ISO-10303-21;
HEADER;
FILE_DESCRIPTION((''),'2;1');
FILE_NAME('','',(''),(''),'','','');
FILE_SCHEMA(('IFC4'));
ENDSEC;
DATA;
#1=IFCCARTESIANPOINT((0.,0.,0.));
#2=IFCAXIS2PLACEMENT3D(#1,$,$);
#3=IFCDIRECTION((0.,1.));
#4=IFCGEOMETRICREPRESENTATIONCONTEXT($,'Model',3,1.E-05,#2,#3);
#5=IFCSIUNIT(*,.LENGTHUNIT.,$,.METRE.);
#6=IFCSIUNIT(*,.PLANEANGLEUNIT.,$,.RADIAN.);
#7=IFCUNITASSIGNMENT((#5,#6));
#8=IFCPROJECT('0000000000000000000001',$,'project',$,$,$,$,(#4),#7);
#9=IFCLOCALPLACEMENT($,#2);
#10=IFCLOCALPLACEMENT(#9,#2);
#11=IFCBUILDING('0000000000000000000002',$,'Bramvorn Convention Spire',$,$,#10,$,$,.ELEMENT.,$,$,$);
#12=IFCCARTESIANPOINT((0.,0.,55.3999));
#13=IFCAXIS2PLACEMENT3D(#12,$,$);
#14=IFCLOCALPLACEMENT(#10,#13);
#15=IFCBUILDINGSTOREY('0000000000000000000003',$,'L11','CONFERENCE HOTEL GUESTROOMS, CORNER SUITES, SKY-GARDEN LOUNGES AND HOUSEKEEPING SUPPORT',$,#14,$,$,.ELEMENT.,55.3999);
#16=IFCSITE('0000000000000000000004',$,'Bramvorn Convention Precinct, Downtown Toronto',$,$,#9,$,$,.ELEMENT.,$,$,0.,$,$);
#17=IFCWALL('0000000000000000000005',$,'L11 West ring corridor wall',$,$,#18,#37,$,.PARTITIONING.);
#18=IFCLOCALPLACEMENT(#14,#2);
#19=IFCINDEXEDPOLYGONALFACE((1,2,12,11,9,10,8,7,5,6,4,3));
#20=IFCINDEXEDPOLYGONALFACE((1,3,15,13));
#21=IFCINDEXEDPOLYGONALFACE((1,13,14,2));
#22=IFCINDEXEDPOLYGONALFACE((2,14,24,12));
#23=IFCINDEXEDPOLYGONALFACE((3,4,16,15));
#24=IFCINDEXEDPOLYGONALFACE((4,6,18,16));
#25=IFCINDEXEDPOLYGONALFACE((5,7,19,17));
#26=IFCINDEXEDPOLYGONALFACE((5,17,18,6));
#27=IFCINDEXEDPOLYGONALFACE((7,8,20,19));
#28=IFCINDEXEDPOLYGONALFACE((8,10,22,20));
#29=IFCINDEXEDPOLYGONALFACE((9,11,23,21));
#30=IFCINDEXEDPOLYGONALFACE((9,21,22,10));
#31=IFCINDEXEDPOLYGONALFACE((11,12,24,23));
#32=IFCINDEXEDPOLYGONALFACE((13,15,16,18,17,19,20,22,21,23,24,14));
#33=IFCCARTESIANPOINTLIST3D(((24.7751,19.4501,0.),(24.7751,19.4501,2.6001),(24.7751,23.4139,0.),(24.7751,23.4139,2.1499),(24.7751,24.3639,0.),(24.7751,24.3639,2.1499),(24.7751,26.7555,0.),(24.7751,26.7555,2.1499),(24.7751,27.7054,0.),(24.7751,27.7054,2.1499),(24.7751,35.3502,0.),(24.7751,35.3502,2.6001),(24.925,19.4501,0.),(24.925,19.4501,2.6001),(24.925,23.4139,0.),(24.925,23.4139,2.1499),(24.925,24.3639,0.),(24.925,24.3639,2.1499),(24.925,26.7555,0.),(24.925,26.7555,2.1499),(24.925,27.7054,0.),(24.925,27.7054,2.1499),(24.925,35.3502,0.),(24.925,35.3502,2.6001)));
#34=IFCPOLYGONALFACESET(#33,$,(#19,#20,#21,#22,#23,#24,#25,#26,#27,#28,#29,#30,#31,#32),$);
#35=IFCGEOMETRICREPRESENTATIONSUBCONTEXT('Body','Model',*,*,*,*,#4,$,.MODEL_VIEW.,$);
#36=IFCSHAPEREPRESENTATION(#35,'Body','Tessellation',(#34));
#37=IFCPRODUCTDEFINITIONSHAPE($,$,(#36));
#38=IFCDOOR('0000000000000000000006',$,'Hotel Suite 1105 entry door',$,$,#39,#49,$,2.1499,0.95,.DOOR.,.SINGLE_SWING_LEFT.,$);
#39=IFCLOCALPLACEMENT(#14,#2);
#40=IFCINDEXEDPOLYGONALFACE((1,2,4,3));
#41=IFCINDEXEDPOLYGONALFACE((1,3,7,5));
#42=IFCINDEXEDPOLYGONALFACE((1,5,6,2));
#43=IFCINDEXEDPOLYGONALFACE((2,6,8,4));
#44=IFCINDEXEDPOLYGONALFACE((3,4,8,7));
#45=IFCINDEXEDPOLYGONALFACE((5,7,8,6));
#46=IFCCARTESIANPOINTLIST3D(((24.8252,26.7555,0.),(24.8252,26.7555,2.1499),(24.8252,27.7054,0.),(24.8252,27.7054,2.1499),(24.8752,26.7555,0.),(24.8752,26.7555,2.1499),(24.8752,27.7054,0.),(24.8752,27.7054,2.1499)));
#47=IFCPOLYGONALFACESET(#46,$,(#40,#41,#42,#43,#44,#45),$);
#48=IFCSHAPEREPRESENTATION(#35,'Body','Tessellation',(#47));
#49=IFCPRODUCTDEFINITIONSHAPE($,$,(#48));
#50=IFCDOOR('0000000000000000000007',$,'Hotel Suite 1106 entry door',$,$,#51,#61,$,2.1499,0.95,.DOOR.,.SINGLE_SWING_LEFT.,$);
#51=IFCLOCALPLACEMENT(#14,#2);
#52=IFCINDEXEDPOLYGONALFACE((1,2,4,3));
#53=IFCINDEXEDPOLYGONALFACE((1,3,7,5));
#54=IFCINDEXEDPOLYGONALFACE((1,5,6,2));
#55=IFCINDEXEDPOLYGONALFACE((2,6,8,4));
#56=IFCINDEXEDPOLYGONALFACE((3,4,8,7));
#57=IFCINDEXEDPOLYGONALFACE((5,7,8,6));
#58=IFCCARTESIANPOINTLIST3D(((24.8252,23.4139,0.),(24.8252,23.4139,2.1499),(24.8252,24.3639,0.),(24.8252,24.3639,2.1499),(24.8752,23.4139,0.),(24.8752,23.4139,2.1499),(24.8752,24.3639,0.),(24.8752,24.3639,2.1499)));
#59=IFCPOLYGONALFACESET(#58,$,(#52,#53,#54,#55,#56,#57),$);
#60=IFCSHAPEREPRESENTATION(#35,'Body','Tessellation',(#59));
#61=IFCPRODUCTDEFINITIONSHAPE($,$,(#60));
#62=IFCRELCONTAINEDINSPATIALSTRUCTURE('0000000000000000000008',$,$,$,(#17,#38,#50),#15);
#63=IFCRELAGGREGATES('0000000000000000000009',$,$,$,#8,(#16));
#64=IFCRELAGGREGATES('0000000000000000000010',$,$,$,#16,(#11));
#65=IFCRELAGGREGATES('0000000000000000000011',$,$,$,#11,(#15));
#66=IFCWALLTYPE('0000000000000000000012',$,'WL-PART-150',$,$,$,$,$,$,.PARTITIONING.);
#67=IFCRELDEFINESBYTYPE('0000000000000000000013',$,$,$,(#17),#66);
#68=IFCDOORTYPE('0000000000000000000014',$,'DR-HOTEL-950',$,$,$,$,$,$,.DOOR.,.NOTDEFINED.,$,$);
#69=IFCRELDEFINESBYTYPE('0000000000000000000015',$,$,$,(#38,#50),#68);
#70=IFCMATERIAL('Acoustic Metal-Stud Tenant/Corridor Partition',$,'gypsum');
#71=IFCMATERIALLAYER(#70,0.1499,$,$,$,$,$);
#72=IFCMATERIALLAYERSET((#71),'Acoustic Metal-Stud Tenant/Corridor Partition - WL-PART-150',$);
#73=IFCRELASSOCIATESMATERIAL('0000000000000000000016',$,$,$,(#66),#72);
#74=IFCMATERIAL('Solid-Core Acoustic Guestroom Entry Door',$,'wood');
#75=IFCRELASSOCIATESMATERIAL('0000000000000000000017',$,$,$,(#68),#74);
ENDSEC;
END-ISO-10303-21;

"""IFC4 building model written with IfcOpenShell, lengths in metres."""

from ifc_helpers import new_model, si_unit, direction, frame, frame_2d, origin, place, context, subcontext, project, spatial, rectangle, extrude, material, layer, layer_set, type_object, element, fill, save


model = new_model("IFC4")

# Units and contexts
model_context = context("Model", 3, precision=1e-05, world=origin(), true_north=direction((0.0, 1.0)))
body_context = subcontext(model_context, "Body", "Model", "MODEL_VIEW")
ifc_project = project(units=[si_unit("LENGTHUNIT", "METRE"), si_unit("PLANEANGLEUNIT", "RADIAN")], contexts=[model_context])

# Site, building, storey
site_placement = place(None, origin())
site = spatial("IfcSite", under=ifc_project, at=site_placement, Name="Bramvorn Convention Precinct, Downtown Toronto", CompositionType="ELEMENT", RefElevation=0.0)
building_placement = place(site_placement, origin())
building = spatial("IfcBuilding", under=site, at=building_placement, Name="Bramvorn Convention Spire", CompositionType="ELEMENT")
storey_placement = place(building_placement, frame((0.0, 0.0, 55.3999)))
storey = spatial("IfcBuildingStorey", under=building, at=storey_placement, Name="L11", Description="CONFERENCE HOTEL GUESTROOMS, CORNER SUITES, SKY-GARDEN LOUNGES AND HOUSEKEEPING SUPPORT", CompositionType="ELEMENT", Elevation=55.3999)

# Wall, openings, doors
ifc_material_1 = material(Name="Acoustic Metal-Stud Tenant/Corridor Partition", Category="gypsum")
ifc_layer_1 = layer(ifc_material_1, 0.1499)
ifc_layer_set_1 = layer_set([ifc_layer_1], Name="Acoustic Metal-Stud Tenant/Corridor Partition - WL-PART-150")
wall_type_1 = type_object("IfcWallType", Name="WL-PART-150", PredefinedType="PARTITIONING", material=ifc_layer_set_1)
ifc_material_2 = material(Name="Solid-Core Acoustic Guestroom Entry Door", Category="wood")
door_type_1 = type_object("IfcDoorType", Name="DR-HOTEL-950", OperationType="NOTDEFINED", PredefinedType="DOOR", material=ifc_material_2)
wall_1_placement = place(storey_placement, frame((24.8501, 19.45, 0.0), z_axis=(0.0, 0.0, 1.0), x_axis=(0.0, 1.0, 0.0)))
wall_1 = element("IfcWall", 1, at=wall_1_placement, inside=storey, type_object=wall_type_1, Name="L11 West ring corridor wall", PredefinedType="PARTITIONING", context=body_context, shape_type="SweptSolid", body=[
    extrude(rectangle(XDim=15.9001, YDim=0.1499, at=frame_2d((7.9502, 0.0))), origin(), (0.0, 0.0, 1.0), 2.6001),
])
opening_1_placement = place(wall_1_placement, frame((7.3054, 0.0, 0.0)))
opening_1 = element("IfcOpeningElement", 2, at=opening_1_placement, cuts=wall_1, PredefinedType="OPENING", context=body_context, shape_type="SweptSolid", body=[
    extrude(rectangle(XDim=0.95, YDim=2.1499, at=frame_2d((0.4751, 1.075))), frame((0.0, 0.085, 0.0), z_axis=(0.0, -1.0, 0.0), x_axis=(1.0, 0.0, 0.0)), (0.0, 0.0, 1.0), 0.1699),
])
opening_2_placement = place(wall_1_placement, frame((3.9639, 0.0, 0.0)))
opening_2 = element("IfcOpeningElement", 3, at=opening_2_placement, cuts=wall_1, PredefinedType="OPENING", context=body_context, shape_type="SweptSolid", body=[
    extrude(rectangle(XDim=0.95, YDim=2.1499, at=frame_2d((0.4751, 1.075))), frame((0.0, 0.085, 0.0), z_axis=(0.0, -1.0, 0.0), x_axis=(1.0, 0.0, 0.0)), (0.0, 0.0, 1.0), 0.1699),
])
door_1_placement = place(opening_1_placement, origin())
door_1 = element("IfcDoor", 4, at=door_1_placement, inside=storey, type_object=door_type_1, Name="Hotel Suite 1105 entry door", OperationType="SINGLE_SWING_LEFT", OverallHeight=2.1499, OverallWidth=0.95, PredefinedType="DOOR", context=body_context, shape_type="SweptSolid", body=[
    extrude(rectangle(XDim=0.95, YDim=2.1499, at=frame_2d((0.4751, 1.075))), frame((0.0, 0.0249, 0.0), z_axis=(0.0, -1.0, 0.0), x_axis=(1.0, 0.0, 0.0)), (0.0, 0.0, 1.0), 0.05),
])
fill(opening_1, door_1)
door_2_placement = place(opening_2_placement, origin())
door_2 = element("IfcDoor", 5, at=door_2_placement, inside=storey, type_object=door_type_1, Name="Hotel Suite 1106 entry door", OperationType="SINGLE_SWING_LEFT", OverallHeight=2.1499, OverallWidth=0.95, PredefinedType="DOOR", context=body_context, shape_type="SweptSolid", body=[
    extrude(rectangle(XDim=0.95, YDim=2.1499, at=frame_2d((0.4751, 1.075))), frame((0.0, 0.0249, 0.0), z_axis=(0.0, -1.0, 0.0), x_axis=(1.0, 0.0, 0.0)), (0.0, 0.0, 1.0), 0.05),
])
fill(opening_2, door_2)

save(model, "model.ifc")
